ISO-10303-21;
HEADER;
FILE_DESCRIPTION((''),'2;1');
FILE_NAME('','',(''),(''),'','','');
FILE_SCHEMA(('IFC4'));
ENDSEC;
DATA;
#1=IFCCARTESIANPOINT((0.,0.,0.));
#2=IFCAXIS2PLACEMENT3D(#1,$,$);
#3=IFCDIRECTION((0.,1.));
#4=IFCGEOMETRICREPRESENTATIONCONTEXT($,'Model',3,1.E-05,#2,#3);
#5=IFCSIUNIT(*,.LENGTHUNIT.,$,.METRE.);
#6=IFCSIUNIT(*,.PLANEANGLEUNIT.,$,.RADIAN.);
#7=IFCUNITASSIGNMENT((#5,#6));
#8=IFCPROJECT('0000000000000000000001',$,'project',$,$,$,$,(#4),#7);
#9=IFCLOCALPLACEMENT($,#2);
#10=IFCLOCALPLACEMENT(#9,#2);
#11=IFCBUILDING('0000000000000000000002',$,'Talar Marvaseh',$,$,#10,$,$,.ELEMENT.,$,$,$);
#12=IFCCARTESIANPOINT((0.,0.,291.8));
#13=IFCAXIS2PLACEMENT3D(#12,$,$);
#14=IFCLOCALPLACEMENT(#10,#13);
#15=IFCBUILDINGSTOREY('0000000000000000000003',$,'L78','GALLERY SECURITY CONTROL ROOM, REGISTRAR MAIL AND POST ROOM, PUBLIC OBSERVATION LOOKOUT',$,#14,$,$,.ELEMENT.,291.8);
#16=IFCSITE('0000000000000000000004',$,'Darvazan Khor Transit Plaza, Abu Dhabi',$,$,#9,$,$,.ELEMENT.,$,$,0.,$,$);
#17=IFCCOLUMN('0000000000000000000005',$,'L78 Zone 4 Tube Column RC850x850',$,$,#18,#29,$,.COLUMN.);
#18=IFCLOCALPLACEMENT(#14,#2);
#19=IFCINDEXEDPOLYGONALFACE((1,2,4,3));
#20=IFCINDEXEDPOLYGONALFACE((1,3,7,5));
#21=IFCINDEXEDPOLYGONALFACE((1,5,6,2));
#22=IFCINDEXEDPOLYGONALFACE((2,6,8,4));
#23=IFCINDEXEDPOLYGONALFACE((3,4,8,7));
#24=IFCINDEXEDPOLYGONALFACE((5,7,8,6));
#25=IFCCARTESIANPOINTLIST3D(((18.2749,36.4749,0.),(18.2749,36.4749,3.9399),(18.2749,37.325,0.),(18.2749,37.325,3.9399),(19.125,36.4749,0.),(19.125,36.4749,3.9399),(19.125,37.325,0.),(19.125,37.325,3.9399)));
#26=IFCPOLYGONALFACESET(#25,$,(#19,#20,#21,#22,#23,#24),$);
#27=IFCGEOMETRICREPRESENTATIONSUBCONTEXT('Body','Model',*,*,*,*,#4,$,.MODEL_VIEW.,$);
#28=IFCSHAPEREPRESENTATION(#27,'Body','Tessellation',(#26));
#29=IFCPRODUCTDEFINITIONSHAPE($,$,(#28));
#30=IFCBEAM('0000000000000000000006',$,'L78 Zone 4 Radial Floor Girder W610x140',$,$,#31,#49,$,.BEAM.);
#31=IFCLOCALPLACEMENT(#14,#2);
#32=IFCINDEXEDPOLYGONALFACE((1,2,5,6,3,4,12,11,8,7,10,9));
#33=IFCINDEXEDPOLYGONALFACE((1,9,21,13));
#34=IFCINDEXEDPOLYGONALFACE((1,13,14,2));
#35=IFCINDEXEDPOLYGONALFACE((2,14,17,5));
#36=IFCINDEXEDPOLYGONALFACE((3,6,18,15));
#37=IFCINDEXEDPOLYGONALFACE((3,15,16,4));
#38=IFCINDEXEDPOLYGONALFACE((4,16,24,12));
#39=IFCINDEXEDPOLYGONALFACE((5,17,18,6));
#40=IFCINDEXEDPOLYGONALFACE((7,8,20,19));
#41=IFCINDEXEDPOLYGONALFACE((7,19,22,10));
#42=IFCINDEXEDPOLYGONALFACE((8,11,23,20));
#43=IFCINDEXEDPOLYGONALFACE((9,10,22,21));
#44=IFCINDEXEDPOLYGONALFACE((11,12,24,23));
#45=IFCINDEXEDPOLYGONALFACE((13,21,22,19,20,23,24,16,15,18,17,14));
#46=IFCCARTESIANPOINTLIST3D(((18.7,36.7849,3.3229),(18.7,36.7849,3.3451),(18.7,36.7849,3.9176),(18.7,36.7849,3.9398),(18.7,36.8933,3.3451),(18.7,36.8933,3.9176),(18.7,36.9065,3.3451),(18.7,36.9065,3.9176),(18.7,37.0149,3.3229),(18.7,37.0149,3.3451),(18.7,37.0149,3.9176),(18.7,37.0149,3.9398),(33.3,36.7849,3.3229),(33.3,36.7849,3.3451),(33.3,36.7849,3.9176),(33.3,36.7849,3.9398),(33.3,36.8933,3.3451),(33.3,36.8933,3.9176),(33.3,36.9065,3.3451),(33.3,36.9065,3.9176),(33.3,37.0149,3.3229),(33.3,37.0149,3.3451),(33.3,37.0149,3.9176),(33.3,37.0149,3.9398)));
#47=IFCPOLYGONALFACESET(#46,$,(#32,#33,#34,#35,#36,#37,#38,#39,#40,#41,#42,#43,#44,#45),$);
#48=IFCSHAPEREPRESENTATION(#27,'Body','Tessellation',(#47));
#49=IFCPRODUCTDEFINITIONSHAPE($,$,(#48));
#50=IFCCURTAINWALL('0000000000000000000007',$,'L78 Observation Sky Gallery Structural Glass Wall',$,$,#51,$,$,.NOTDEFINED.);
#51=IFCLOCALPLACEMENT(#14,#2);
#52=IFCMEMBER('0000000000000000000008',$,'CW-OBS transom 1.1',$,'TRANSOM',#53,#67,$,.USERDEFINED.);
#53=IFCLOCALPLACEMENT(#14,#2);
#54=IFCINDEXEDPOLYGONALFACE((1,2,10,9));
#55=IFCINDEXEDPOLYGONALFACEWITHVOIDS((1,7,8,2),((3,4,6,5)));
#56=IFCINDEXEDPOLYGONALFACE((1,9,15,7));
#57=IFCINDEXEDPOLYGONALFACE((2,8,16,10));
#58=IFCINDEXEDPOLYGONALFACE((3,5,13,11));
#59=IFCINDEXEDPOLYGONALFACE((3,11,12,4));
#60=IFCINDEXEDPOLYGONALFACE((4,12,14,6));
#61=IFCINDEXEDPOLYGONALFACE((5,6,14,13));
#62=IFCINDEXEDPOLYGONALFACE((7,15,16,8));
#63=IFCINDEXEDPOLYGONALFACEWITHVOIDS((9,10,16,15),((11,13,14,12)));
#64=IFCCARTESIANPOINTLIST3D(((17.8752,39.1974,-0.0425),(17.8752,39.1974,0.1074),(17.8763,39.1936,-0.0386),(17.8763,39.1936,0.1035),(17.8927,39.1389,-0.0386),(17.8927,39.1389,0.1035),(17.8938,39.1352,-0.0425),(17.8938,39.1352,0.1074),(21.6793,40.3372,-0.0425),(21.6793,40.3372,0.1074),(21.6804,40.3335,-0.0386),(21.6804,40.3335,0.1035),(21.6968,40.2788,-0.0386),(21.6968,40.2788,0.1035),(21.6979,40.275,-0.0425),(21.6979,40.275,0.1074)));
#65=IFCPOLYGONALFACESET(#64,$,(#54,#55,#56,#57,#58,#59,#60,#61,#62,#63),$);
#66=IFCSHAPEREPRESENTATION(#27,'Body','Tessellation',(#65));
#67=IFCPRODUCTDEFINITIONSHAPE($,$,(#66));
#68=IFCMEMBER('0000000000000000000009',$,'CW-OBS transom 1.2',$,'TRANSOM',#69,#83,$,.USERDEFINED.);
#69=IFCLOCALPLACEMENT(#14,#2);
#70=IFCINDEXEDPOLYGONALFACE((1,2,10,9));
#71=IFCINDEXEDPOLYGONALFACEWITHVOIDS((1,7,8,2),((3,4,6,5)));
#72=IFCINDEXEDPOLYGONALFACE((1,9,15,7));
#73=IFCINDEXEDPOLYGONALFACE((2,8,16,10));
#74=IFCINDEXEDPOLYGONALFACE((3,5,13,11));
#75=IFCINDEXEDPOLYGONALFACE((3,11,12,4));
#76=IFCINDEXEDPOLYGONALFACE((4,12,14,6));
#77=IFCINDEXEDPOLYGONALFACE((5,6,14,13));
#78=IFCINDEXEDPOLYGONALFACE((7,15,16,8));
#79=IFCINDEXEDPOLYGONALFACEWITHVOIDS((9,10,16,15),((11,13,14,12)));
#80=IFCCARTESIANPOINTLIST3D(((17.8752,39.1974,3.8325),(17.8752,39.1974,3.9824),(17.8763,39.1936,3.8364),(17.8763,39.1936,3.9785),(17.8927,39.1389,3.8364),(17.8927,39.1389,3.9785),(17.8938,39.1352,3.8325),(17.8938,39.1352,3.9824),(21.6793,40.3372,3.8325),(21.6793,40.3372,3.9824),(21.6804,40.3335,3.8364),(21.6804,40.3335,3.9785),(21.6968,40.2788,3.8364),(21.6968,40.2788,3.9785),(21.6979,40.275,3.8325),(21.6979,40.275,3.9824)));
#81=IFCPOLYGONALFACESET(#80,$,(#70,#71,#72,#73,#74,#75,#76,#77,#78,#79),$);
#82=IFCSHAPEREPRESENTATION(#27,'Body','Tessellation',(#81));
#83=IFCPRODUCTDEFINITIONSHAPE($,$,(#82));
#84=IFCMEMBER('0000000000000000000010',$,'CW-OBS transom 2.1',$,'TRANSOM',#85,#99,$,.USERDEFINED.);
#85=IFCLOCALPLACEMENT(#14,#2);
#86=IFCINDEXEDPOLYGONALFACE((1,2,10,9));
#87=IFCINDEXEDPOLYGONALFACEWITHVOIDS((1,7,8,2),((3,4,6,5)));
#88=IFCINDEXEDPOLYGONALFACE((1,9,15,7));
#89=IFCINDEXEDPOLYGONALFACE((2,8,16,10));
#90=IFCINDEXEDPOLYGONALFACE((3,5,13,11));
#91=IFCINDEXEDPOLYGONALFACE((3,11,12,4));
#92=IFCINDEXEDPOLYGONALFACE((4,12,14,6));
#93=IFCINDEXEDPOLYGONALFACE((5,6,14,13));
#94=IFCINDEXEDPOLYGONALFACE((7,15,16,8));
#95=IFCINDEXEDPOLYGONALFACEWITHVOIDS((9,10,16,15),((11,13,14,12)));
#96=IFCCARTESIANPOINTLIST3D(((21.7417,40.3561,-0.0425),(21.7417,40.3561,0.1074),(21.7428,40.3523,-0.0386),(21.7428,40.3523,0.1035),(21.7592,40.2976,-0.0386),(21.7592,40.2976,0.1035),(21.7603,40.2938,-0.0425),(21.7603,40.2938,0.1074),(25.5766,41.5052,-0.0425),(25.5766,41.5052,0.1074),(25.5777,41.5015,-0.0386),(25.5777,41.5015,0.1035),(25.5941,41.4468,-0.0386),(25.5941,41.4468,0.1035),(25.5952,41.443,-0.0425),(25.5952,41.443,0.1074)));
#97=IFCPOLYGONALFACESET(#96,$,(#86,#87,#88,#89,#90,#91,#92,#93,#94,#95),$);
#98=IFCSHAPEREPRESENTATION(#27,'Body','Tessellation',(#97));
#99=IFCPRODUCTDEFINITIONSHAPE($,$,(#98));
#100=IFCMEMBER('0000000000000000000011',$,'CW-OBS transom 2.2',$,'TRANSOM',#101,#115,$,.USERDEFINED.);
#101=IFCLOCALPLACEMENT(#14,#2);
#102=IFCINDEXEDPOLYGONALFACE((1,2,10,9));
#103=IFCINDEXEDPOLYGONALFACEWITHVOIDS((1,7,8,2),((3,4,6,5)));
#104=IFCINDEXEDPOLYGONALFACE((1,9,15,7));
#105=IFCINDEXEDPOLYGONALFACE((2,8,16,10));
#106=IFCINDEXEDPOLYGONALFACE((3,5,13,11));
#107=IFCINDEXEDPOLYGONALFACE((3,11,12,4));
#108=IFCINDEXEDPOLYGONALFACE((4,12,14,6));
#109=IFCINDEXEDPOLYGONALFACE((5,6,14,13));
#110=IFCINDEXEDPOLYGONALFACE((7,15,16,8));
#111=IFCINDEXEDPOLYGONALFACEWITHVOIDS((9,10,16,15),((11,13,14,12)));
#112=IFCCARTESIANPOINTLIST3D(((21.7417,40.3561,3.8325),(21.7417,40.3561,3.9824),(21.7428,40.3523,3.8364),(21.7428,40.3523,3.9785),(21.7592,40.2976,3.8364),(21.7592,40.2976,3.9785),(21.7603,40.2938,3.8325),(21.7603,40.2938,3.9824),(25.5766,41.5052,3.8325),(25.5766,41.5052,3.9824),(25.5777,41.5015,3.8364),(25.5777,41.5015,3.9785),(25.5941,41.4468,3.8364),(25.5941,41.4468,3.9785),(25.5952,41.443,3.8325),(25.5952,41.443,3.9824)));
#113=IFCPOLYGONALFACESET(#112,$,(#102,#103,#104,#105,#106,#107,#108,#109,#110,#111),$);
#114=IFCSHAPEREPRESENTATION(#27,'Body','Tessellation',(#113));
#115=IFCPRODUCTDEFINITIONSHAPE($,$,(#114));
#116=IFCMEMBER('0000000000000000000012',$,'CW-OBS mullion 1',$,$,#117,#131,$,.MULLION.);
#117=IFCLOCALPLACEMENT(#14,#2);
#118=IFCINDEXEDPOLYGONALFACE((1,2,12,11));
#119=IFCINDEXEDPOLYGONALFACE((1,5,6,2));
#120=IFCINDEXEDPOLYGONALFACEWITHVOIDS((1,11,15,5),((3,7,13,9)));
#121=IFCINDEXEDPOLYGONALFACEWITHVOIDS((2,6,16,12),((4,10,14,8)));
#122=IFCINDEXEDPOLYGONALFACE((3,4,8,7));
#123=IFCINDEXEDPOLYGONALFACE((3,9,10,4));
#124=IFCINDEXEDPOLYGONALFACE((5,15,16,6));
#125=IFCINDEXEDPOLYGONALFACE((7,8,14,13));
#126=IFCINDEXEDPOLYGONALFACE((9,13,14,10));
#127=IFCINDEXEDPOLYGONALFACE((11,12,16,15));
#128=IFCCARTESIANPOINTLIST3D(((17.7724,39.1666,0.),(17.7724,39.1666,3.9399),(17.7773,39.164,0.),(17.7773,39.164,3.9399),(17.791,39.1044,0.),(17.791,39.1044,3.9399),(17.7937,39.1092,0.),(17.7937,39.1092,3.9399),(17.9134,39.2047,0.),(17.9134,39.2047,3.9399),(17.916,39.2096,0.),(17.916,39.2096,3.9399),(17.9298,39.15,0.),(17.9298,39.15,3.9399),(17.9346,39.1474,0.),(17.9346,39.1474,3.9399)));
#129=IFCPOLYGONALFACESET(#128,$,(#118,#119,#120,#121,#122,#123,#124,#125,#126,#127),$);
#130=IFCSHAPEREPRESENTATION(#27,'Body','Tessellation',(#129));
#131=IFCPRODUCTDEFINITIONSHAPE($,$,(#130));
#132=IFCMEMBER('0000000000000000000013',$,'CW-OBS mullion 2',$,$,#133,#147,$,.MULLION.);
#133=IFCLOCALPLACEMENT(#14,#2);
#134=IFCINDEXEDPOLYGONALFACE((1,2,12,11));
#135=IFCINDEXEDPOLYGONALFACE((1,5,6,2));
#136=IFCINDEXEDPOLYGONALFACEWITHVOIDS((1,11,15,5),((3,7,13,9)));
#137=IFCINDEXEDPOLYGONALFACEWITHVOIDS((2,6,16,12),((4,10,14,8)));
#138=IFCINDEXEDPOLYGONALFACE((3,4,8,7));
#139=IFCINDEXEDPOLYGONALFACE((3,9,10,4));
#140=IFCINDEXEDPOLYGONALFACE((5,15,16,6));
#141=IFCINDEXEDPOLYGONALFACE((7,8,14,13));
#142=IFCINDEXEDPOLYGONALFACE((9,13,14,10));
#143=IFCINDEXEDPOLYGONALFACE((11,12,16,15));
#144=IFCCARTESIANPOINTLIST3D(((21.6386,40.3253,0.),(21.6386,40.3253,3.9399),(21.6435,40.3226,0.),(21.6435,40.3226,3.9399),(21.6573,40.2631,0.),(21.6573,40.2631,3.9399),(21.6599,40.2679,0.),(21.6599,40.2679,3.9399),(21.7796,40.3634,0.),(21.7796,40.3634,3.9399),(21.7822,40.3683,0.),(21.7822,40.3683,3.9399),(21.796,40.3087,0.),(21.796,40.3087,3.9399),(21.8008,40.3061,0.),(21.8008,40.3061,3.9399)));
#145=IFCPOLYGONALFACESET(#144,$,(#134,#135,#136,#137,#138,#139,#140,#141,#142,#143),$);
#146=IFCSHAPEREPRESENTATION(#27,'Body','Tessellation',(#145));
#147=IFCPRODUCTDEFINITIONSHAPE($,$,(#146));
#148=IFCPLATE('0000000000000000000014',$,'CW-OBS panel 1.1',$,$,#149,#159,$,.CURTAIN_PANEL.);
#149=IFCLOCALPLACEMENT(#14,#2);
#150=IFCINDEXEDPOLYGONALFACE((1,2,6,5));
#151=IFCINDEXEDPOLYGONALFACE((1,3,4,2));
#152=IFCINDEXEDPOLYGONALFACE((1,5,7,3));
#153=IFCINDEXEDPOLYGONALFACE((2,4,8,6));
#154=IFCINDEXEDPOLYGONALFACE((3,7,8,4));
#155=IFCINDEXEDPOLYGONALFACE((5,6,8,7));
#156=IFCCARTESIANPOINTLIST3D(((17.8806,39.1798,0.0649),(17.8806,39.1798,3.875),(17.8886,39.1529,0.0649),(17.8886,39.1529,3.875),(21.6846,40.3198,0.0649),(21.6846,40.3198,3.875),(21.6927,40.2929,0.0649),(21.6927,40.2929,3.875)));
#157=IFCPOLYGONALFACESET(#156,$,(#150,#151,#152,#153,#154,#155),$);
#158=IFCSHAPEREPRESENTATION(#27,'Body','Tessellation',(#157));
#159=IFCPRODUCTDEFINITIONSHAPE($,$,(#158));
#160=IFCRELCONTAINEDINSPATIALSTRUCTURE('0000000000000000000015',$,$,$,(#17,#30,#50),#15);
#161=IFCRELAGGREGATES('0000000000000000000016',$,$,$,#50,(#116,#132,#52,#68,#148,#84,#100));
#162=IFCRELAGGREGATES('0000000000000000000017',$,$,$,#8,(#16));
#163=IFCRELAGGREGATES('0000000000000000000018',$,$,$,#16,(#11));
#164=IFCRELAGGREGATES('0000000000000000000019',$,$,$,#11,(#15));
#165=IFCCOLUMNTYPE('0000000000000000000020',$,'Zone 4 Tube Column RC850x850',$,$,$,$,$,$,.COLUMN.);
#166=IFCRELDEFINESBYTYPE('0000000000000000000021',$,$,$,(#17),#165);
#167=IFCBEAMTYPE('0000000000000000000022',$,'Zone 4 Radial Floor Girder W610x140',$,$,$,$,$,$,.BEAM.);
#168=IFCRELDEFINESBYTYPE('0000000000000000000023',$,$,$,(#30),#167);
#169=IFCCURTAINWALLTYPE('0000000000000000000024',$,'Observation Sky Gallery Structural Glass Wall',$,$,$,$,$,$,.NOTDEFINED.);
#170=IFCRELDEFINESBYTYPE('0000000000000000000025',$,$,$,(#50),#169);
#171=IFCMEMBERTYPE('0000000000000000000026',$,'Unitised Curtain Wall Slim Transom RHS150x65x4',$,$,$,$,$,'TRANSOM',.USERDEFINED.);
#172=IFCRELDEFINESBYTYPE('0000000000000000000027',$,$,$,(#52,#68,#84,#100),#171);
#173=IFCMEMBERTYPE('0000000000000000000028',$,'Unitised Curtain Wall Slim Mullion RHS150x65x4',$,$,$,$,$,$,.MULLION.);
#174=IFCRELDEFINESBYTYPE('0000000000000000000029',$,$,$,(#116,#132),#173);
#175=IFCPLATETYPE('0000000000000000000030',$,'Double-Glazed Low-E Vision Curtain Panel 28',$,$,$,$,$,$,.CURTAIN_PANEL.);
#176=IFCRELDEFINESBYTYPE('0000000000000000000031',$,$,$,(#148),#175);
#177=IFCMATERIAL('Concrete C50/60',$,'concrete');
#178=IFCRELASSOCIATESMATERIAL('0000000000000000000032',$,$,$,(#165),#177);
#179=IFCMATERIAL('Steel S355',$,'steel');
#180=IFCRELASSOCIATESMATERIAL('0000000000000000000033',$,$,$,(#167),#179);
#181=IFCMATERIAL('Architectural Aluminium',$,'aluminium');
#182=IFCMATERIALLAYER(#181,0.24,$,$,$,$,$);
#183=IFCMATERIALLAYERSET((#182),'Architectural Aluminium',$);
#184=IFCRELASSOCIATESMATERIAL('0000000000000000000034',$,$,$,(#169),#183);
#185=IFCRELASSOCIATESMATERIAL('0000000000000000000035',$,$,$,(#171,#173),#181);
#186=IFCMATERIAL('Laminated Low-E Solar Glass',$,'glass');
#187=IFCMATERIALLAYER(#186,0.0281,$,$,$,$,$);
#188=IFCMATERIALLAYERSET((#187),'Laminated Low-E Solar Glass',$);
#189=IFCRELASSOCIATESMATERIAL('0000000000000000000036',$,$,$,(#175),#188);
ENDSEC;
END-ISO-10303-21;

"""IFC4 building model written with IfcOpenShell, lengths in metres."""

from ifc_helpers import new_model, si_unit, direction, frame, origin, origin_2d, place, context, subcontext, project, spatial, rectangle, hollow_rectangle, i_section, extrude, source, transform, mapped, material, layer, layer_set, material_profile, profile_set, type_object, type_shapes, element, aggregate, save


model = new_model("IFC4")

# Units and contexts
model_context = context("Model", 3, precision=1e-05, world=origin(), true_north=direction((0.0, 1.0)))
body_context = subcontext(model_context, "Body", "Model", "MODEL_VIEW")
ifc_project = project(units=[si_unit("LENGTHUNIT", "METRE"), si_unit("PLANEANGLEUNIT", "RADIAN")], contexts=[model_context])

# Site, building, storey
site_placement = place(None, origin())
site = spatial("IfcSite", under=ifc_project, at=site_placement, Name="Darvazan Khor Transit Plaza, Abu Dhabi", CompositionType="ELEMENT", RefElevation=0.0)
building_placement = place(site_placement, origin())
building = spatial("IfcBuilding", under=site, at=building_placement, Name="Talar Marvaseh", CompositionType="ELEMENT")
storey_placement = place(building_placement, frame((0.0, 0.0, 291.8)))
storey = spatial("IfcBuildingStorey", under=building, at=storey_placement, Name="L78", Description="GALLERY SECURITY CONTROL ROOM, REGISTRAR MAIL AND POST ROOM, PUBLIC OBSERVATION LOOKOUT", CompositionType="ELEMENT", Elevation=291.8)

# Column
ifc_material_1 = material(Name="Concrete C50/60", Category="concrete")
ifc_material_profile_1 = material_profile(ifc_material_1, rectangle(XDim=0.8501, YDim=0.8501, at=origin_2d()), Name="RC850x850")
ifc_profile_set_1 = profile_set([ifc_material_profile_1], Name="Concrete C50/60")
column_type = type_object("IfcColumnType", Name="Zone 4 Tube Column RC850x850", PredefinedType="COLUMN", material=ifc_profile_set_1)
column_placement = place(storey_placement, frame((18.7, 36.8999, 0.0), z_axis=(0.0, 0.0, 1.0), x_axis=(1.0, 0.0, 0.0)))
element("IfcColumn", 1, at=column_placement, inside=storey, type_object=column_type, Name="L78 Zone 4 Tube Column RC850x850", PredefinedType="COLUMN", context=body_context, shape_type="SweptSolid", body=[
    extrude(rectangle(XDim=0.8501, YDim=0.8501, at=origin_2d()), origin(), (0.0, 0.0, 1.0), 3.9399),
])

# Beam
ifc_material_2 = material(Name="Steel S355", Category="steel")
ifc_material_profile_2 = material_profile(ifc_material_2, i_section(OverallWidth=0.23, OverallDepth=0.6169, WebThickness=0.0132, FlangeThickness=0.0222, at=origin_2d()), Name="W610x140")
ifc_profile_set_2 = profile_set([ifc_material_profile_2], Name="Steel S355")
beam_type = type_object("IfcBeamType", Name="Zone 4 Radial Floor Girder W610x140", PredefinedType="BEAM", material=ifc_profile_set_2)
beam_placement = place(storey_placement, frame((18.7, 36.8999, 3.6313), z_axis=(1.0, 0.0, 0.0), x_axis=(0.0, 1.0, 0.0)))
element("IfcBeam", 2, at=beam_placement, inside=storey, type_object=beam_type, Name="L78 Zone 4 Radial Floor Girder W610x140", PredefinedType="BEAM", context=body_context, shape_type="SweptSolid", body=[
    extrude(i_section(OverallWidth=0.23, OverallDepth=0.6169, WebThickness=0.0132, FlangeThickness=0.0222, at=origin_2d()), origin(), (0.0, 0.0, 1.0), 14.6001),
])

# Curtain wall, members, plate
ifc_material_3 = material(Name="Architectural Aluminium", Category="aluminium")
ifc_layer_1 = layer(ifc_material_3, 0.24)
ifc_layer_set_1 = layer_set([ifc_layer_1], Name="Architectural Aluminium")
curtain_wall_type = type_object("IfcCurtainWallType", Name="Observation Sky Gallery Structural Glass Wall", PredefinedType="NOTDEFINED", material=ifc_layer_set_1)
curtain_wall_placement = place(storey_placement, origin())
curtain_wall = element("IfcCurtainWall", 3, at=curtain_wall_placement, inside=storey, type_object=curtain_wall_type, Name="L78 Observation Sky Gallery Structural Glass Wall", PredefinedType="NOTDEFINED")
ifc_material_profile_3 = material_profile(ifc_material_3, hollow_rectangle(XDim=0.0649, YDim=0.1499, WallThickness=0.0039, at=origin_2d()), Name="RHS150x65x4")
ifc_profile_set_3 = profile_set([ifc_material_profile_3], Name="Architectural Aluminium")
member_type_1 = type_object("IfcMemberType", Name="Unitised Curtain Wall Slim Transom RHS150x65x4", ElementType="TRANSOM", PredefinedType="USERDEFINED", material=ifc_profile_set_3)
shared_shape_1 = source(origin(), body_context, "Body", "SweptSolid", [
    extrude(hollow_rectangle(XDim=0.0649, YDim=0.1499, WallThickness=0.0039, at=origin_2d()), origin(), (0.0, 0.0, 1.0), 3.9712),
])
member_1_placement = place(storey_placement, frame((17.8845, 39.1663, 0.0325), z_axis=(0.957921, 0.287032, 0.0), x_axis=(-0.287032, 0.957921, 0.0)))
member_1 = element("IfcMember", 4, at=member_1_placement, type_object=member_type_1, Name="CW-OBS transom 1.1", ObjectType="TRANSOM", PredefinedType="USERDEFINED", context=body_context, shape_type="MappedRepresentation", body=[
    mapped(shared_shape_1, transform((0.0, 0.0, 0.0), x_axis=(1.0, 0.0, 0.0), y_axis=(0.0, 1.0, 0.0), z_axis=(0.0, 0.0, 1.0), scale=1.0)),
])
member_2_placement = place(storey_placement, frame((17.8845, 39.1663, 3.9075), z_axis=(0.957921, 0.287032, 0.0), x_axis=(-0.287032, 0.957921, 0.0)))
member_2 = element("IfcMember", 5, at=member_2_placement, type_object=member_type_1, Name="CW-OBS transom 1.2", ObjectType="TRANSOM", PredefinedType="USERDEFINED", context=body_context, shape_type="MappedRepresentation", body=[
    mapped(shared_shape_1, transform((0.0, 0.0, 0.0), x_axis=(1.0, 0.0, 0.0), y_axis=(0.0, 1.0, 0.0), z_axis=(0.0, 0.0, 1.0), scale=1.0)),
])
shared_shape_2 = source(origin(), body_context, "Body", "SweptSolid", [
    extrude(hollow_rectangle(XDim=0.0649, YDim=0.1499, WallThickness=0.0039, at=origin_2d()), origin(), (0.0, 0.0, 1.0), 4.0034),
])
type_shapes(member_type_1, [shared_shape_1, shared_shape_2])
member_3_placement = place(storey_placement, frame((21.751, 40.325, 0.0325), z_axis=(0.957917, 0.287046, 0.0), x_axis=(-0.287046, 0.957917, 0.0)))
member_3 = element("IfcMember", 6, at=member_3_placement, type_object=member_type_1, Name="CW-OBS transom 2.1", ObjectType="TRANSOM", PredefinedType="USERDEFINED", context=body_context, shape_type="MappedRepresentation", body=[
    mapped(shared_shape_2, transform((0.0, 0.0, 0.0), x_axis=(1.0, 0.0, 0.0), y_axis=(0.0, 1.0, 0.0), z_axis=(0.0, 0.0, 1.0), scale=1.0)),
])
member_4_placement = place(storey_placement, frame((21.751, 40.325, 3.9075), z_axis=(0.957917, 0.287046, 0.0), x_axis=(-0.287046, 0.957917, 0.0)))
member_4 = element("IfcMember", 7, at=member_4_placement, type_object=member_type_1, Name="CW-OBS transom 2.2", ObjectType="TRANSOM", PredefinedType="USERDEFINED", context=body_context, shape_type="MappedRepresentation", body=[
    mapped(shared_shape_2, transform((0.0, 0.0, 0.0), x_axis=(1.0, 0.0, 0.0), y_axis=(0.0, 1.0, 0.0), z_axis=(0.0, 0.0, 1.0), scale=1.0)),
])
ifc_material_profile_4 = material_profile(ifc_material_3, hollow_rectangle(XDim=0.0649, YDim=0.1499, WallThickness=0.0039, at=origin_2d()), Name="RHS150x65x4")
ifc_profile_set_4 = profile_set([ifc_material_profile_4], Name="Architectural Aluminium")
member_type_2 = type_object("IfcMemberType", Name="Unitised Curtain Wall Slim Mullion RHS150x65x4", PredefinedType="MULLION", material=ifc_profile_set_4)
shared_shape_3 = source(origin(), body_context, "Body", "SweptSolid", [
    extrude(hollow_rectangle(XDim=0.0649, YDim=0.1499, WallThickness=0.0039, at=origin_2d()), origin(), (0.0, 0.0, 1.0), 3.9399),
])
type_shapes(member_type_2, [shared_shape_3])
member_5_placement = place(storey_placement, frame((17.8535, 39.157, 0.0), z_axis=(0.0, 0.0, 1.0), x_axis=(-0.287063, 0.957912, 0.0)))
member_5 = element("IfcMember", 8, at=member_5_placement, type_object=member_type_2, Name="CW-OBS mullion 1", PredefinedType="MULLION", context=body_context, shape_type="MappedRepresentation", body=[
    mapped(shared_shape_3, transform((0.0, 0.0, 0.0), x_axis=(1.0, 0.0, 0.0), y_axis=(0.0, 1.0, 0.0), z_axis=(0.0, 0.0, 1.0), scale=1.0)),
])
member_6_placement = place(storey_placement, frame((21.7197, 40.3157, 0.0), z_axis=(0.0, 0.0, 1.0), x_axis=(-0.287063, 0.957912, 0.0)))
member_6 = element("IfcMember", 9, at=member_6_placement, type_object=member_type_2, Name="CW-OBS mullion 2", PredefinedType="MULLION", context=body_context, shape_type="MappedRepresentation", body=[
    mapped(shared_shape_3, transform((0.0, 0.0, 0.0), x_axis=(1.0, 0.0, 0.0), y_axis=(0.0, 1.0, 0.0), z_axis=(0.0, 0.0, 1.0), scale=1.0)),
])
ifc_material_4 = material(Name="Laminated Low-E Solar Glass", Category="glass")
ifc_layer_2 = layer(ifc_material_4, 0.0281)
ifc_layer_set_2 = layer_set([ifc_layer_2], Name="Laminated Low-E Solar Glass")
plate_type = type_object("IfcPlateType", Name="Double-Glazed Low-E Vision Curtain Panel 28", PredefinedType="CURTAIN_PANEL", material=ifc_layer_set_2)
shared_shape_4 = source(origin(), body_context, "Body", "SweptSolid", [
    extrude(rectangle(XDim=3.9712, YDim=0.0281, at=origin_2d()), origin(), (0.0, 0.0, 1.0), 3.8101),
])
type_shapes(plate_type, [shared_shape_4])
plate_placement = place(storey_placement, frame((19.7866, 39.7363, 0.0649), z_axis=(0.0, 0.0, 1.0), x_axis=(0.957912, 0.287063, 0.0)))
plate = element("IfcPlate", 10, at=plate_placement, type_object=plate_type, Name="CW-OBS panel 1.1", PredefinedType="CURTAIN_PANEL", context=body_context, shape_type="MappedRepresentation", body=[
    mapped(shared_shape_4, transform((0.0, 0.0, 0.0), x_axis=(1.0, 0.0, 0.0), y_axis=(0.0, 1.0, 0.0), z_axis=(0.0, 0.0, 1.0), scale=1.0)),
])
aggregate(curtain_wall, [member_5, member_6, member_1, member_2, plate, member_3, member_4])

save(model, "model.ifc")
